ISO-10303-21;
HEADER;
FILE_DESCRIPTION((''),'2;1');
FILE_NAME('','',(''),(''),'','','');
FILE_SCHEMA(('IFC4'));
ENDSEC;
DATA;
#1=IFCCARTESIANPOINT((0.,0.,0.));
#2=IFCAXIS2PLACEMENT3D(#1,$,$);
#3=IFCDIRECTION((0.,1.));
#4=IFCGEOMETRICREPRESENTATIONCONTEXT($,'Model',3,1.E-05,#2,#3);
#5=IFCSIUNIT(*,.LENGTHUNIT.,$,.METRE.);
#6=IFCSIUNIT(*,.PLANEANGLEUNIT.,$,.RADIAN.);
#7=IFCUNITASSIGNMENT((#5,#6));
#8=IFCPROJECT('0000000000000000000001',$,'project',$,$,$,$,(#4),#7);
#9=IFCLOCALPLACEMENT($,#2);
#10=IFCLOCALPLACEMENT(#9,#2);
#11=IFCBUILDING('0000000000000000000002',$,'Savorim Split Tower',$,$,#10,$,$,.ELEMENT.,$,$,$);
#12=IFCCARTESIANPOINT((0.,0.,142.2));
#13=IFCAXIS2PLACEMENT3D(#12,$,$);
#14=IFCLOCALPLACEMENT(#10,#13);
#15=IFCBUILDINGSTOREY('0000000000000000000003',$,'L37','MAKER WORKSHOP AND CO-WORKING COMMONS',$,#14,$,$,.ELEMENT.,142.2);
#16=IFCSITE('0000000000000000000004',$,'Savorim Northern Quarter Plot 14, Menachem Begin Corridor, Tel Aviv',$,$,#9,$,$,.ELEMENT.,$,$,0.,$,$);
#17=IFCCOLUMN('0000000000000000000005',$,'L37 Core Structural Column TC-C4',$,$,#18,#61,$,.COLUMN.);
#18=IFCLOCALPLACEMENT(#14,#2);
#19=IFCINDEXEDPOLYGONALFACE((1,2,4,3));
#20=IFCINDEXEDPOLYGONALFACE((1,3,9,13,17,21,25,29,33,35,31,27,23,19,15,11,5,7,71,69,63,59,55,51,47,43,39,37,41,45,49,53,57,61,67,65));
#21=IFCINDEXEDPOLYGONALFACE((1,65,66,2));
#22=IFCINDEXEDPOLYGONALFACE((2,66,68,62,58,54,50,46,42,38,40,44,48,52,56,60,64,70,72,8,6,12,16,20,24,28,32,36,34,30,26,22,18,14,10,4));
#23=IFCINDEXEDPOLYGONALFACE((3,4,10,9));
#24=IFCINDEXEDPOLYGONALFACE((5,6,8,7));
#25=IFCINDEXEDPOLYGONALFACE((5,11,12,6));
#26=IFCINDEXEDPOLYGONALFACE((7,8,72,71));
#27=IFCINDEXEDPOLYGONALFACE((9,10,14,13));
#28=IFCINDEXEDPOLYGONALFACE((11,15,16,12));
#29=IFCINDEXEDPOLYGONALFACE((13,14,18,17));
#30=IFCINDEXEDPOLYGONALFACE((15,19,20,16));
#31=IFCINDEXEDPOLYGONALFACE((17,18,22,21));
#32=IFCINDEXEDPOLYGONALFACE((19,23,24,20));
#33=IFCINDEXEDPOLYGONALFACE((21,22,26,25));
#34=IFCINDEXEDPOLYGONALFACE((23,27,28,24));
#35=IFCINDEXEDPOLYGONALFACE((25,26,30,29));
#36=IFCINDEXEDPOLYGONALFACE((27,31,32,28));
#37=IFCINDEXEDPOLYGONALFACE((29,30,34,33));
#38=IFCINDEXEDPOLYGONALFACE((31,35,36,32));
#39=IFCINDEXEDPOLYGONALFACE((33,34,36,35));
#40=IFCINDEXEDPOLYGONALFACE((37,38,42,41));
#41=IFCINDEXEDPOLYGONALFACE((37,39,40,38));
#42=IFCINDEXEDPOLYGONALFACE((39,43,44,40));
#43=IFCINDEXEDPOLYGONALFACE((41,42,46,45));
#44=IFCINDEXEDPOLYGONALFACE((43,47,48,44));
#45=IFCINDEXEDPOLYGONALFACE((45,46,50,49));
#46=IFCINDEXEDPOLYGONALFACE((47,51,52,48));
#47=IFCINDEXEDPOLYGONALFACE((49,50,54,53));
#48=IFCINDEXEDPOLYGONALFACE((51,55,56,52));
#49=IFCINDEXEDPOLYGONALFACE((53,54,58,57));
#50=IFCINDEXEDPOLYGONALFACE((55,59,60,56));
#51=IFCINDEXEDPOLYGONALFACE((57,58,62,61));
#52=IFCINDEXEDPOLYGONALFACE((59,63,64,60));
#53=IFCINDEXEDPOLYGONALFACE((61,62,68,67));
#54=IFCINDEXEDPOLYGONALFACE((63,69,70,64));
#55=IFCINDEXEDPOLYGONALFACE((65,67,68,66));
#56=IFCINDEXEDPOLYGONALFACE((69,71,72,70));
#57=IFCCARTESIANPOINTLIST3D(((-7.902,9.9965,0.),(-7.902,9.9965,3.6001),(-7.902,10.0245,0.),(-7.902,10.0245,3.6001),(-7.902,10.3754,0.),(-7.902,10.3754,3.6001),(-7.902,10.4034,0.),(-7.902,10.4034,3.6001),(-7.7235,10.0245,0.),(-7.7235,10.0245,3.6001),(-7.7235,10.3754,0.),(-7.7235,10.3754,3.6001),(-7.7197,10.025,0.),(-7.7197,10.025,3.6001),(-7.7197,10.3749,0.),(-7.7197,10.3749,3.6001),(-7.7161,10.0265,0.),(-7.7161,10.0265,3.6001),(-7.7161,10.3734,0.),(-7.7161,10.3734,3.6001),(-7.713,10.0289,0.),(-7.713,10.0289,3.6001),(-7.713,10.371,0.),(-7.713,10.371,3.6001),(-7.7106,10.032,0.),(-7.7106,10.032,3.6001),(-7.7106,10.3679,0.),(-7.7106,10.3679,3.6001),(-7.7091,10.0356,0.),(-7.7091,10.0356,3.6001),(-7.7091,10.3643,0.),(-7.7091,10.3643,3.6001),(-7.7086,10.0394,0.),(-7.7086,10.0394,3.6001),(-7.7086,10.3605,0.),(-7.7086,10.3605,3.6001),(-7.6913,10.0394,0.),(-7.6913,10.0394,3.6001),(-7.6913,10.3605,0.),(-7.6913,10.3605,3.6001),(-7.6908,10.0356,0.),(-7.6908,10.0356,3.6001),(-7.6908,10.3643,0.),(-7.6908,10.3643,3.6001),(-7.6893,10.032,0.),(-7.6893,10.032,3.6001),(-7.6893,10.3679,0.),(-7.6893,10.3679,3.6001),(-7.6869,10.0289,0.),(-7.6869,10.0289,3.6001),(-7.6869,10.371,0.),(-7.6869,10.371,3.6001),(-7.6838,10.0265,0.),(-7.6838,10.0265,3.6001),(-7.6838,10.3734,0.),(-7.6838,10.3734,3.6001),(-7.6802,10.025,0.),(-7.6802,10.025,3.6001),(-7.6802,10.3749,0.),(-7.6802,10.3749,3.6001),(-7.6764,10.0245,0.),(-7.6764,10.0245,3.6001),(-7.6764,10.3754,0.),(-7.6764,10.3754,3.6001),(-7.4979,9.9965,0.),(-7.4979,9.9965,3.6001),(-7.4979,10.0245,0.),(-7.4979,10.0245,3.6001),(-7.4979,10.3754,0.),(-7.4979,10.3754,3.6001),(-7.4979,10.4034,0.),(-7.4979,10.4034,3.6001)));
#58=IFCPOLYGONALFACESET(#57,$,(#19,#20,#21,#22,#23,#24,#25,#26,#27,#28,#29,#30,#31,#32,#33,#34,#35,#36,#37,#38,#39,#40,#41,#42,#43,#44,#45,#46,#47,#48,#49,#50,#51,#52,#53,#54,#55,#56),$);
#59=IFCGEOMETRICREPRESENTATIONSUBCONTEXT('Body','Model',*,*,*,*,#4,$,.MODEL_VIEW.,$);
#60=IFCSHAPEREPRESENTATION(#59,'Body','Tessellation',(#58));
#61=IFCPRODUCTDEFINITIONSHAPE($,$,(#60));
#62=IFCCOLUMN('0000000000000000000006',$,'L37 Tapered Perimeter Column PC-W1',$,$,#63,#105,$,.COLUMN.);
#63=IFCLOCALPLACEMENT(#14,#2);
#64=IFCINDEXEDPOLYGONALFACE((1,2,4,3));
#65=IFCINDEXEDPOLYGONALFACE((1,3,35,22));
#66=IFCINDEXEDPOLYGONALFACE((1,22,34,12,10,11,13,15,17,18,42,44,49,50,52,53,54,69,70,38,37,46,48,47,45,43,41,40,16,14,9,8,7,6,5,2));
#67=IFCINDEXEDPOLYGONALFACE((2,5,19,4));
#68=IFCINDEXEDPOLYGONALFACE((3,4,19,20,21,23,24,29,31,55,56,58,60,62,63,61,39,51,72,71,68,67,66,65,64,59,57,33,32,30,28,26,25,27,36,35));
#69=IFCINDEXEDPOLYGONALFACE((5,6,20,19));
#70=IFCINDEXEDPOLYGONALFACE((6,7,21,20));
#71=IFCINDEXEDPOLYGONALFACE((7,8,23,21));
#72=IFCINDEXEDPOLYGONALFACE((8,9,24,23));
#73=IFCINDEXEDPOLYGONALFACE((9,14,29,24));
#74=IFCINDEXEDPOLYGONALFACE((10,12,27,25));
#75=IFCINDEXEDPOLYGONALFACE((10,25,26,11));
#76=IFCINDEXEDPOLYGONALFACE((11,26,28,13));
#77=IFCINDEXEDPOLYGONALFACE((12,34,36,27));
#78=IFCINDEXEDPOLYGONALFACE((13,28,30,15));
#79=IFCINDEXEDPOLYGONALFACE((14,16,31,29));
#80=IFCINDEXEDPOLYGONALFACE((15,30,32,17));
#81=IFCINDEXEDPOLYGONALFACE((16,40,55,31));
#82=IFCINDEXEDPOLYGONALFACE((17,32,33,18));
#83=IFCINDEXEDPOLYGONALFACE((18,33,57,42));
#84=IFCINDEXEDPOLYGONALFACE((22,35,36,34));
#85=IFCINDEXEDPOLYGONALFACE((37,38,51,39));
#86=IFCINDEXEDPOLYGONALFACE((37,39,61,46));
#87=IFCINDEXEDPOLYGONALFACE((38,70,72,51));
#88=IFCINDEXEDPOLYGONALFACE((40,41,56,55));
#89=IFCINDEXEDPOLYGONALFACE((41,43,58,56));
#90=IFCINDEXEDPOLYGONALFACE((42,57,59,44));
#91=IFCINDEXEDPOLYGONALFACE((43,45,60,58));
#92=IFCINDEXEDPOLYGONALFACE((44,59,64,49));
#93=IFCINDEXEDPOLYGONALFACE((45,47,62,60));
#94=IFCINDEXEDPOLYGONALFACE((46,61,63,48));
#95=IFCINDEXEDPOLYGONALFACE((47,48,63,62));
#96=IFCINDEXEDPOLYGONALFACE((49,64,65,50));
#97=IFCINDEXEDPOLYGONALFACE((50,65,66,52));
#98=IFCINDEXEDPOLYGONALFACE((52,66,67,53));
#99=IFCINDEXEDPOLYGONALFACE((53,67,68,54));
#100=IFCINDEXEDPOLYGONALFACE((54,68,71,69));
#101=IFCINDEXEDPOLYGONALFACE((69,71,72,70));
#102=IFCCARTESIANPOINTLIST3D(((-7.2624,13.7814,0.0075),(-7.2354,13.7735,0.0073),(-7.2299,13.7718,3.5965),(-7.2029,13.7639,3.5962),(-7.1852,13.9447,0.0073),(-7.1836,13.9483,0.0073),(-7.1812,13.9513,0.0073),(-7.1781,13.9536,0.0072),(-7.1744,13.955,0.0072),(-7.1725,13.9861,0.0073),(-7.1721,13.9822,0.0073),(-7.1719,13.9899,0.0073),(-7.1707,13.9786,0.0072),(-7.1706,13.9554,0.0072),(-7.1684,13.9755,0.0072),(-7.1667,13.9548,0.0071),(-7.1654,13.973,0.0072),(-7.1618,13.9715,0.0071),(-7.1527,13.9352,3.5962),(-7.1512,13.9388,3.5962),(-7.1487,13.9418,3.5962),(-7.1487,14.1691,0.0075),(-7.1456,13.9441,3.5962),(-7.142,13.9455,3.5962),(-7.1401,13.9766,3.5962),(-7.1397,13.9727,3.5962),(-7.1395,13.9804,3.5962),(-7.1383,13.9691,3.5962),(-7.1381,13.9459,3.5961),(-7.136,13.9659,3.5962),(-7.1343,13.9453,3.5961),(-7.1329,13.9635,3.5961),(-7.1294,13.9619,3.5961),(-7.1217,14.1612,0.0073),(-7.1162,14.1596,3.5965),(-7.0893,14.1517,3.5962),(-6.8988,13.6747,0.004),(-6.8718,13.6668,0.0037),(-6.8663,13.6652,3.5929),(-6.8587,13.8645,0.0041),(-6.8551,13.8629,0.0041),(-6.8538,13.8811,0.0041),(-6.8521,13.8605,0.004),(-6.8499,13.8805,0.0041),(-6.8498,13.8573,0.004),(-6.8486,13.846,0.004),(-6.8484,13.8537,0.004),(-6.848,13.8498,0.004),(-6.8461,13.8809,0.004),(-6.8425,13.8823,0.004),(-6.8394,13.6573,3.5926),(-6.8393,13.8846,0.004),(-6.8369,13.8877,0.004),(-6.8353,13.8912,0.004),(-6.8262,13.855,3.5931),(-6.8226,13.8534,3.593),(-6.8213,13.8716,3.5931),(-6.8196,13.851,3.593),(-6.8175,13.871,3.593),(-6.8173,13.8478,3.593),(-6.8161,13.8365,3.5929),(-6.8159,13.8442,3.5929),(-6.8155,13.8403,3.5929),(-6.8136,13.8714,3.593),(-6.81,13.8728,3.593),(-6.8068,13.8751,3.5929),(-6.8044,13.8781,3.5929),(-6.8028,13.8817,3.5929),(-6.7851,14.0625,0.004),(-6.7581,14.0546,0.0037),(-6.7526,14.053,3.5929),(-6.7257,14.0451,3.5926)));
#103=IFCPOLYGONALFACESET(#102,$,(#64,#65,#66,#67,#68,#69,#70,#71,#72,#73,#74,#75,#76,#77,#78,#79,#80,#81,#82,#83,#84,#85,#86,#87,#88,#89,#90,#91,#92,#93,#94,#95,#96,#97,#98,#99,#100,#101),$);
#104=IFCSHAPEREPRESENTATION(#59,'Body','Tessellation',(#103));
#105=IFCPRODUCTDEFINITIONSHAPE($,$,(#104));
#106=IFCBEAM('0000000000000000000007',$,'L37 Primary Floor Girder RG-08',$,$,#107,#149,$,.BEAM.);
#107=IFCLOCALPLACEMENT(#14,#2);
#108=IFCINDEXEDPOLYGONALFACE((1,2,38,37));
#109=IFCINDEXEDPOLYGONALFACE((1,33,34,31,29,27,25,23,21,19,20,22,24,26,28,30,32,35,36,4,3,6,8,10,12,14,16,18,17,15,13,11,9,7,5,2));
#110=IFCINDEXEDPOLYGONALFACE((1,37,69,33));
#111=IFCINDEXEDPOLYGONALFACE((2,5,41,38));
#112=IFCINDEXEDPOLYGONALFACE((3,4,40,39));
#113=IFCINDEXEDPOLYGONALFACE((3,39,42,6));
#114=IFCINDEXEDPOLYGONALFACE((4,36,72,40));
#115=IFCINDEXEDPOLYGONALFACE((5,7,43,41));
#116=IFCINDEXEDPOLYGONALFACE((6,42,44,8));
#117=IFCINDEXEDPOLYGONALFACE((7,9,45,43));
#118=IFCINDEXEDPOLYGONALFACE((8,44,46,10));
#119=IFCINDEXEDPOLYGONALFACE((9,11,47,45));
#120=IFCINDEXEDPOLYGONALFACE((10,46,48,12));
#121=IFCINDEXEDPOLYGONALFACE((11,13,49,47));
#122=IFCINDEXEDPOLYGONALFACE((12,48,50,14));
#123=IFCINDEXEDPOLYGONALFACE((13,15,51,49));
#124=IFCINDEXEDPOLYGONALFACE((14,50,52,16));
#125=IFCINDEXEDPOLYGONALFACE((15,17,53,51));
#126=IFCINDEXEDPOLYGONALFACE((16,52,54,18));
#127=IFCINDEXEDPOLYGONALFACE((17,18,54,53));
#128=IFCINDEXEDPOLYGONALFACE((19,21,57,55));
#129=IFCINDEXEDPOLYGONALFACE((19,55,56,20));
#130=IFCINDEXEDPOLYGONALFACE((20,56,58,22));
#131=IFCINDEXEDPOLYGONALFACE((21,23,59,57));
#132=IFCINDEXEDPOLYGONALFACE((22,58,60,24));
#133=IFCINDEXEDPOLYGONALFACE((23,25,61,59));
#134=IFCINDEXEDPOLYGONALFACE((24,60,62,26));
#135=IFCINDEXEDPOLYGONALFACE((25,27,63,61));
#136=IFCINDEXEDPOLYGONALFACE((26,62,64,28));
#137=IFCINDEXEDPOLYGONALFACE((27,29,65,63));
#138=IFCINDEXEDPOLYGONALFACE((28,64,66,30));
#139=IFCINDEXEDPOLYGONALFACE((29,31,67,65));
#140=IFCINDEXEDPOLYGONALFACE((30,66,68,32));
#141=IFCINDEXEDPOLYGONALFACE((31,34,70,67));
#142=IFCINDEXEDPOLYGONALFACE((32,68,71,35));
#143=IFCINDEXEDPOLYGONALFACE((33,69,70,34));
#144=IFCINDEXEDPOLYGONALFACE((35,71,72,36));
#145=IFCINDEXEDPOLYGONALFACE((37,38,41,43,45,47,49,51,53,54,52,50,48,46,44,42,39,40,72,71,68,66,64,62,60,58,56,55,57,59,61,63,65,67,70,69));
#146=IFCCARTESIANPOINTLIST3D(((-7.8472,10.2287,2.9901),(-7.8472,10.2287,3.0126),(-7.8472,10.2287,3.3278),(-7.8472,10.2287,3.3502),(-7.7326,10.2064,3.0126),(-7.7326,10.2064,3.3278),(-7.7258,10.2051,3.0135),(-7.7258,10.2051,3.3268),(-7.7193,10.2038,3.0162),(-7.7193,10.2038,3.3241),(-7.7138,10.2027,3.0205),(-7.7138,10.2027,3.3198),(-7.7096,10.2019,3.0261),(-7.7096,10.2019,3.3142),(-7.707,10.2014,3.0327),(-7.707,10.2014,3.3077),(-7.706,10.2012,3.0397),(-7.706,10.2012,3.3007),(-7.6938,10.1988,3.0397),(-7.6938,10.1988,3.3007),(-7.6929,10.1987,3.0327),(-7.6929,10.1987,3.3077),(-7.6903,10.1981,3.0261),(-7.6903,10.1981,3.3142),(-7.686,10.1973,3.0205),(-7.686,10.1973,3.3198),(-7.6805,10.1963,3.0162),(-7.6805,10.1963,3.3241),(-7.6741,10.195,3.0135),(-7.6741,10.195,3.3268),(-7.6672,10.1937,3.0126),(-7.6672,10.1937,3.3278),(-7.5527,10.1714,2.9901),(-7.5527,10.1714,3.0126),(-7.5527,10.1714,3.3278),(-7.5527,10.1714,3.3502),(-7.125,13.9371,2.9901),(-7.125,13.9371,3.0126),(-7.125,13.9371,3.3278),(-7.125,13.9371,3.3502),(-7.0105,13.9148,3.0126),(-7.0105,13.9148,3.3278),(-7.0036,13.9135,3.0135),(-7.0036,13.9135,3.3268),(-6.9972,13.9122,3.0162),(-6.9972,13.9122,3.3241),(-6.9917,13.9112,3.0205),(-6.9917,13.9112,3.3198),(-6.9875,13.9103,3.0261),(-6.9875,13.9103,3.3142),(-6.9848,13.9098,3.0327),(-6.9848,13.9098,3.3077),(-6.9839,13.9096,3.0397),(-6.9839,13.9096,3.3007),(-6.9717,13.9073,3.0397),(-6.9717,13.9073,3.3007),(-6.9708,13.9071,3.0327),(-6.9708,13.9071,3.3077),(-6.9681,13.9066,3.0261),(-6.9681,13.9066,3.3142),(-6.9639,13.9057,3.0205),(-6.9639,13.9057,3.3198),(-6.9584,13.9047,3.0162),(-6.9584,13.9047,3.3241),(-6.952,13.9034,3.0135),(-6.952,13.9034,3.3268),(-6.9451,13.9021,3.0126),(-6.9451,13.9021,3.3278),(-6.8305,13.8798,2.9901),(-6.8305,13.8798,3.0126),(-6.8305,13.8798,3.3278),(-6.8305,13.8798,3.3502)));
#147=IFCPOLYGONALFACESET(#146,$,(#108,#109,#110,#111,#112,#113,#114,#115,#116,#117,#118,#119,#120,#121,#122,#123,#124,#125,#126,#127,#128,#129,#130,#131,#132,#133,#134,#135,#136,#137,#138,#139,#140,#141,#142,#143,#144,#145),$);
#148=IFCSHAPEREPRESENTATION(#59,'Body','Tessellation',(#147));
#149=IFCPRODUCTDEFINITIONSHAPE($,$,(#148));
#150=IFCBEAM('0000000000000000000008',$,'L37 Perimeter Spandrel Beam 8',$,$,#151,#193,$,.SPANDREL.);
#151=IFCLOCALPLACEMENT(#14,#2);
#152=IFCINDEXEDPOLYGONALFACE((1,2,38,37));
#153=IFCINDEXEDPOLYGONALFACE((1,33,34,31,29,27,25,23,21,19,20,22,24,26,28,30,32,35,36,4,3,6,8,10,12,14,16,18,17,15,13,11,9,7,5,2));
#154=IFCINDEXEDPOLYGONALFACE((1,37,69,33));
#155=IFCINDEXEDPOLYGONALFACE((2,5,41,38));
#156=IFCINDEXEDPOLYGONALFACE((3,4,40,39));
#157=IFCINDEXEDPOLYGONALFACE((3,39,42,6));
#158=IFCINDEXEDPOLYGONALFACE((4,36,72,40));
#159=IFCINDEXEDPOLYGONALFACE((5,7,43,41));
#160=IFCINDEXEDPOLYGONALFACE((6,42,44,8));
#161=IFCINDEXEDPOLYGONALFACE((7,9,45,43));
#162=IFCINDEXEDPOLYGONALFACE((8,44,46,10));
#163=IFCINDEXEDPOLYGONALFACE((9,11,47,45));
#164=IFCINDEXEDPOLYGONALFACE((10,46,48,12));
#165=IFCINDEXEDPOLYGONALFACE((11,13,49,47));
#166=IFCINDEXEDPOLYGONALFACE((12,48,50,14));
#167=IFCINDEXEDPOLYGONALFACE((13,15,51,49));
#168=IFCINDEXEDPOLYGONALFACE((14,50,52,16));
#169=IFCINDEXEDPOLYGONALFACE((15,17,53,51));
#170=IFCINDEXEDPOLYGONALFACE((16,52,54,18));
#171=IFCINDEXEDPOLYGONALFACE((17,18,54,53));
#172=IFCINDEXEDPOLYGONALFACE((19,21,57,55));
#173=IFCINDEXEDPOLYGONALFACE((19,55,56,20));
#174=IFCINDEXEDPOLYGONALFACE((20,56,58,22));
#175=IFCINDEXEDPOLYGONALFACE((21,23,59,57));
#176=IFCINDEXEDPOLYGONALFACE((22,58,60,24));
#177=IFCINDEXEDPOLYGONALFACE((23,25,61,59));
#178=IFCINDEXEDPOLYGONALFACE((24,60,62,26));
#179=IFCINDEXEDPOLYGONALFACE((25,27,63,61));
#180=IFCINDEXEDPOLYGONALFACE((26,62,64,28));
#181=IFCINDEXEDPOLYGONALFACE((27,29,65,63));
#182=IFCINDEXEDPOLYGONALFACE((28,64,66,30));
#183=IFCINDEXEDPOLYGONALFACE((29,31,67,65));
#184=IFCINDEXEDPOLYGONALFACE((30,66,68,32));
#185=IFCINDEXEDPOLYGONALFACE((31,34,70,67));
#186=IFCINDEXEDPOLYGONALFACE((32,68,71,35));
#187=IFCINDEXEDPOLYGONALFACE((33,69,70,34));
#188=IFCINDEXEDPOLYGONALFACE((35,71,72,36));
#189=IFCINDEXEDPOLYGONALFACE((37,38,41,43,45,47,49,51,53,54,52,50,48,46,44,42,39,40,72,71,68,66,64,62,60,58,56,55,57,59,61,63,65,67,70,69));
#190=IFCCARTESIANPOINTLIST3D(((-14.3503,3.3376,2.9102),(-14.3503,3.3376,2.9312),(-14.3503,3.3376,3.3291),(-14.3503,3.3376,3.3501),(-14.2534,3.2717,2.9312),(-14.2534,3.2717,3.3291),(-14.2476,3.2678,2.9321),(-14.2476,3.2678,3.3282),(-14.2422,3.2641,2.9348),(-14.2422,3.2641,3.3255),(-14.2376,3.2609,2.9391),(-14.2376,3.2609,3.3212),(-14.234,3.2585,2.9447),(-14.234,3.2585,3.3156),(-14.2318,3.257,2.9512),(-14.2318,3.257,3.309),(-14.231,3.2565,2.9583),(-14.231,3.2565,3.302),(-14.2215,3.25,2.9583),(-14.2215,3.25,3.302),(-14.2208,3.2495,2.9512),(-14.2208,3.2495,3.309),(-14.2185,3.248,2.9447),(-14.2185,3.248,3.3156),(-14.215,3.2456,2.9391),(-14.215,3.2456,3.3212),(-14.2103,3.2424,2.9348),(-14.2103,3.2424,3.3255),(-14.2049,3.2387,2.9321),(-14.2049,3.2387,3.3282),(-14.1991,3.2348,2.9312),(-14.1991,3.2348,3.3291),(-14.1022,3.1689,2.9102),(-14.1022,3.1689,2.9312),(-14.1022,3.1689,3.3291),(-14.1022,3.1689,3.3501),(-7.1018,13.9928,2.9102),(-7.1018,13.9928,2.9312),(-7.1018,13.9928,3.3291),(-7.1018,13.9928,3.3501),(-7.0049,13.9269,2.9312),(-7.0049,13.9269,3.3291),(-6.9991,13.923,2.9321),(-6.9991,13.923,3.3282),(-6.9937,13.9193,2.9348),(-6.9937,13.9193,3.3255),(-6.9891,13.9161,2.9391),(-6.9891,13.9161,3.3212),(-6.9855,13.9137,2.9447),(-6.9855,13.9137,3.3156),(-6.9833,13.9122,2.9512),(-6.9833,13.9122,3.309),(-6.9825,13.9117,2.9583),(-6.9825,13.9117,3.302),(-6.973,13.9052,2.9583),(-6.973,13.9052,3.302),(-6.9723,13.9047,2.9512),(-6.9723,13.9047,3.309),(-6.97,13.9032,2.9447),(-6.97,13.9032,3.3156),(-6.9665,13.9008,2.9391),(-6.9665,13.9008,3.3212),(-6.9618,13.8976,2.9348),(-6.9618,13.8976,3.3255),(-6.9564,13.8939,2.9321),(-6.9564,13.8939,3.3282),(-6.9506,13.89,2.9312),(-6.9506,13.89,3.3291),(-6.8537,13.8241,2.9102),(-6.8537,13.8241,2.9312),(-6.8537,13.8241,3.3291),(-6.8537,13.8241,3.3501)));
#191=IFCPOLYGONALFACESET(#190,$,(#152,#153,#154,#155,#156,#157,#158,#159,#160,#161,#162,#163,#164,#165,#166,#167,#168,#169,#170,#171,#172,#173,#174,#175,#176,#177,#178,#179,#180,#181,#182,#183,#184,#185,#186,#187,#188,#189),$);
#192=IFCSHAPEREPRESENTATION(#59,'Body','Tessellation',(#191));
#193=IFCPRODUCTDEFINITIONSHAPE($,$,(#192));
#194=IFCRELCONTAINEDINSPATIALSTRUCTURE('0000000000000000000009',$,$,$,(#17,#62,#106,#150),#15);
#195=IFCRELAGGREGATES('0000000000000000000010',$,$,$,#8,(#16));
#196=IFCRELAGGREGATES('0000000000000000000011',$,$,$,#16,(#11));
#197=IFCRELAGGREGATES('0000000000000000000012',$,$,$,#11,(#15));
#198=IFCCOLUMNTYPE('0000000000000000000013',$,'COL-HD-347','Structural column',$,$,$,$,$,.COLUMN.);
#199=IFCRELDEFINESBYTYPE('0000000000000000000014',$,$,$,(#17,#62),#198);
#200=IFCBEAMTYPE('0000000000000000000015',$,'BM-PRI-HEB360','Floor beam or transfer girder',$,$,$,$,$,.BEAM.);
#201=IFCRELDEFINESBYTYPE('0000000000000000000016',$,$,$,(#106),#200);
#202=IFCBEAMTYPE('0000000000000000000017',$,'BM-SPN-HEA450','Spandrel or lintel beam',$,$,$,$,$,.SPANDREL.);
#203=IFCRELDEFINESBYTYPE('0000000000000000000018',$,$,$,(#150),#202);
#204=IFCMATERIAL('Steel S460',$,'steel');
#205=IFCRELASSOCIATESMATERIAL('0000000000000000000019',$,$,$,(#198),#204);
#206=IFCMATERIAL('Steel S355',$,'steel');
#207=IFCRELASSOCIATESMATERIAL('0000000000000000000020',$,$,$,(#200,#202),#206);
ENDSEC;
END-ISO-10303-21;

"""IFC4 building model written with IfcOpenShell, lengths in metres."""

from ifc_helpers import new_model, si_unit, direction, frame, origin, origin_2d, place, context, subcontext, project, spatial, i_section, extrude, material, material_profile, profile_set, type_object, element, save


model = new_model("IFC4")

# Units and contexts
model_context = context("Model", 3, precision=1e-05, world=origin(), true_north=direction((0.0, 1.0)))
body_context = subcontext(model_context, "Body", "Model", "MODEL_VIEW")
ifc_project = project(units=[si_unit("LENGTHUNIT", "METRE"), si_unit("PLANEANGLEUNIT", "RADIAN")], contexts=[model_context])

# Site, building, storey
site_placement = place(None, origin())
site = spatial("IfcSite", under=ifc_project, at=site_placement, Name="Savorim Northern Quarter Plot 14, Menachem Begin Corridor, Tel Aviv", CompositionType="ELEMENT", RefElevation=0.0)
building_placement = place(site_placement, origin())
building = spatial("IfcBuilding", under=site, at=building_placement, Name="Savorim Split Tower", CompositionType="ELEMENT")
storey_placement = place(building_placement, frame((0.0, 0.0, 142.2)))
storey = spatial("IfcBuildingStorey", under=building, at=storey_placement, Name="L37", Description="MAKER WORKSHOP AND CO-WORKING COMMONS", CompositionType="ELEMENT", Elevation=142.2)

# Columns
ifc_material_1 = material(Name="Steel S460", Category="steel")
ifc_material_profile_1 = material_profile(ifc_material_1, i_section(OverallWidth=0.4041, OverallDepth=0.407, WebThickness=0.0173, FlangeThickness=0.0281, FilletRadius=0.0149, at=origin_2d()), Name="HD 400x347")
ifc_profile_set_1 = profile_set([ifc_material_profile_1], Name="Steel S460")
column_type = type_object("IfcColumnType", Name="COL-HD-347", Description="Structural column", PredefinedType="COLUMN", material=ifc_profile_set_1)
column_1_placement = place(storey_placement, frame((-7.7, 10.2, 0.0), z_axis=(0.0, 0.0, 1.0), x_axis=(1.0, 0.0, 0.0)))
element("IfcColumn", 1, at=column_1_placement, inside=storey, type_object=column_type, Name="L37 Core Structural Column TC-C4", PredefinedType="COLUMN", context=body_context, shape_type="SweptSolid", body=[
    extrude(i_section(OverallWidth=0.4041, OverallDepth=0.407, WebThickness=0.0173, FlangeThickness=0.0281, FilletRadius=0.0149, at=origin_2d()), origin(), (0.0, 0.0, 1.0), 3.6001),
])
column_2_placement = place(storey_placement, frame((-7.0103, 13.918, 0.0056), z_axis=(0.009047, -0.002653, 0.999956), x_axis=(0.281385, 0.959595, 0.0)))
element("IfcColumn", 2, at=column_2_placement, inside=storey, type_object=column_type, Name="L37 Tapered Perimeter Column PC-W1", PredefinedType="COLUMN", context=body_context, shape_type="SweptSolid", body=[
    extrude(i_section(OverallWidth=0.4041, OverallDepth=0.407, WebThickness=0.0173, FlangeThickness=0.0281, FilletRadius=0.0149, at=origin_2d()), origin(), (0.0, 0.0, 1.0), 3.5891),
])

# Beams
ifc_material_2 = material(Name="Steel S355", Category="steel")
ifc_material_profile_2 = material_profile(ifc_material_2, i_section(OverallWidth=0.3, OverallDepth=0.3601, WebThickness=0.0125, FlangeThickness=0.0225, FilletRadius=0.0271, at=origin_2d()), Name="HEB 360")
ifc_profile_set_2 = profile_set([ifc_material_profile_2], Name="Steel S355")
beam_type_1 = type_object("IfcBeamType", Name="BM-PRI-HEB360", Description="Floor beam or transfer girder", PredefinedType="BEAM", material=ifc_profile_set_2)
beam_1_placement = place(storey_placement, frame((-6.9778, 13.9084, 3.1702), z_axis=(-0.191143, -0.981562, 0.0), x_axis=(0.981562, -0.191143, 0.0)))
element("IfcBeam", 3, at=beam_1_placement, inside=storey, type_object=beam_type_1, Name="L37 Primary Floor Girder RG-08", PredefinedType="BEAM", context=body_context, shape_type="SweptSolid", body=[
    extrude(i_section(OverallWidth=0.3, OverallDepth=0.3601, WebThickness=0.0125, FlangeThickness=0.0225, FilletRadius=0.0271, at=origin_2d()), origin(), (0.0, 0.0, 1.0), 3.7781),
])
ifc_material_profile_3 = material_profile(ifc_material_2, i_section(OverallWidth=0.3, OverallDepth=0.4399, WebThickness=0.0115, FlangeThickness=0.021, FilletRadius=0.0271, at=origin_2d()), Name="HEA 450")
ifc_profile_set_3 = profile_set([ifc_material_profile_3], Name="Steel S355")
beam_type_2 = type_object("IfcBeamType", Name="BM-SPN-HEA450", Description="Spandrel or lintel beam", PredefinedType="SPANDREL", material=ifc_profile_set_3)
beam_2_placement = place(storey_placement, frame((-6.9778, 13.9084, 3.1301), z_axis=(-0.562467, -0.82682, 0.0), x_axis=(0.82682, -0.562467, 0.0)))
element("IfcBeam", 4, at=beam_2_placement, inside=storey, type_object=beam_type_2, Name="L37 Perimeter Spandrel Beam 8", PredefinedType="SPANDREL", context=body_context, shape_type="SweptSolid", body=[
    extrude(i_section(OverallWidth=0.3, OverallDepth=0.4399, WebThickness=0.0115, FlangeThickness=0.021, FilletRadius=0.0271, at=origin_2d()), origin(), (0.0, 0.0, 1.0), 12.887),
])

save(model, "model.ifc")
